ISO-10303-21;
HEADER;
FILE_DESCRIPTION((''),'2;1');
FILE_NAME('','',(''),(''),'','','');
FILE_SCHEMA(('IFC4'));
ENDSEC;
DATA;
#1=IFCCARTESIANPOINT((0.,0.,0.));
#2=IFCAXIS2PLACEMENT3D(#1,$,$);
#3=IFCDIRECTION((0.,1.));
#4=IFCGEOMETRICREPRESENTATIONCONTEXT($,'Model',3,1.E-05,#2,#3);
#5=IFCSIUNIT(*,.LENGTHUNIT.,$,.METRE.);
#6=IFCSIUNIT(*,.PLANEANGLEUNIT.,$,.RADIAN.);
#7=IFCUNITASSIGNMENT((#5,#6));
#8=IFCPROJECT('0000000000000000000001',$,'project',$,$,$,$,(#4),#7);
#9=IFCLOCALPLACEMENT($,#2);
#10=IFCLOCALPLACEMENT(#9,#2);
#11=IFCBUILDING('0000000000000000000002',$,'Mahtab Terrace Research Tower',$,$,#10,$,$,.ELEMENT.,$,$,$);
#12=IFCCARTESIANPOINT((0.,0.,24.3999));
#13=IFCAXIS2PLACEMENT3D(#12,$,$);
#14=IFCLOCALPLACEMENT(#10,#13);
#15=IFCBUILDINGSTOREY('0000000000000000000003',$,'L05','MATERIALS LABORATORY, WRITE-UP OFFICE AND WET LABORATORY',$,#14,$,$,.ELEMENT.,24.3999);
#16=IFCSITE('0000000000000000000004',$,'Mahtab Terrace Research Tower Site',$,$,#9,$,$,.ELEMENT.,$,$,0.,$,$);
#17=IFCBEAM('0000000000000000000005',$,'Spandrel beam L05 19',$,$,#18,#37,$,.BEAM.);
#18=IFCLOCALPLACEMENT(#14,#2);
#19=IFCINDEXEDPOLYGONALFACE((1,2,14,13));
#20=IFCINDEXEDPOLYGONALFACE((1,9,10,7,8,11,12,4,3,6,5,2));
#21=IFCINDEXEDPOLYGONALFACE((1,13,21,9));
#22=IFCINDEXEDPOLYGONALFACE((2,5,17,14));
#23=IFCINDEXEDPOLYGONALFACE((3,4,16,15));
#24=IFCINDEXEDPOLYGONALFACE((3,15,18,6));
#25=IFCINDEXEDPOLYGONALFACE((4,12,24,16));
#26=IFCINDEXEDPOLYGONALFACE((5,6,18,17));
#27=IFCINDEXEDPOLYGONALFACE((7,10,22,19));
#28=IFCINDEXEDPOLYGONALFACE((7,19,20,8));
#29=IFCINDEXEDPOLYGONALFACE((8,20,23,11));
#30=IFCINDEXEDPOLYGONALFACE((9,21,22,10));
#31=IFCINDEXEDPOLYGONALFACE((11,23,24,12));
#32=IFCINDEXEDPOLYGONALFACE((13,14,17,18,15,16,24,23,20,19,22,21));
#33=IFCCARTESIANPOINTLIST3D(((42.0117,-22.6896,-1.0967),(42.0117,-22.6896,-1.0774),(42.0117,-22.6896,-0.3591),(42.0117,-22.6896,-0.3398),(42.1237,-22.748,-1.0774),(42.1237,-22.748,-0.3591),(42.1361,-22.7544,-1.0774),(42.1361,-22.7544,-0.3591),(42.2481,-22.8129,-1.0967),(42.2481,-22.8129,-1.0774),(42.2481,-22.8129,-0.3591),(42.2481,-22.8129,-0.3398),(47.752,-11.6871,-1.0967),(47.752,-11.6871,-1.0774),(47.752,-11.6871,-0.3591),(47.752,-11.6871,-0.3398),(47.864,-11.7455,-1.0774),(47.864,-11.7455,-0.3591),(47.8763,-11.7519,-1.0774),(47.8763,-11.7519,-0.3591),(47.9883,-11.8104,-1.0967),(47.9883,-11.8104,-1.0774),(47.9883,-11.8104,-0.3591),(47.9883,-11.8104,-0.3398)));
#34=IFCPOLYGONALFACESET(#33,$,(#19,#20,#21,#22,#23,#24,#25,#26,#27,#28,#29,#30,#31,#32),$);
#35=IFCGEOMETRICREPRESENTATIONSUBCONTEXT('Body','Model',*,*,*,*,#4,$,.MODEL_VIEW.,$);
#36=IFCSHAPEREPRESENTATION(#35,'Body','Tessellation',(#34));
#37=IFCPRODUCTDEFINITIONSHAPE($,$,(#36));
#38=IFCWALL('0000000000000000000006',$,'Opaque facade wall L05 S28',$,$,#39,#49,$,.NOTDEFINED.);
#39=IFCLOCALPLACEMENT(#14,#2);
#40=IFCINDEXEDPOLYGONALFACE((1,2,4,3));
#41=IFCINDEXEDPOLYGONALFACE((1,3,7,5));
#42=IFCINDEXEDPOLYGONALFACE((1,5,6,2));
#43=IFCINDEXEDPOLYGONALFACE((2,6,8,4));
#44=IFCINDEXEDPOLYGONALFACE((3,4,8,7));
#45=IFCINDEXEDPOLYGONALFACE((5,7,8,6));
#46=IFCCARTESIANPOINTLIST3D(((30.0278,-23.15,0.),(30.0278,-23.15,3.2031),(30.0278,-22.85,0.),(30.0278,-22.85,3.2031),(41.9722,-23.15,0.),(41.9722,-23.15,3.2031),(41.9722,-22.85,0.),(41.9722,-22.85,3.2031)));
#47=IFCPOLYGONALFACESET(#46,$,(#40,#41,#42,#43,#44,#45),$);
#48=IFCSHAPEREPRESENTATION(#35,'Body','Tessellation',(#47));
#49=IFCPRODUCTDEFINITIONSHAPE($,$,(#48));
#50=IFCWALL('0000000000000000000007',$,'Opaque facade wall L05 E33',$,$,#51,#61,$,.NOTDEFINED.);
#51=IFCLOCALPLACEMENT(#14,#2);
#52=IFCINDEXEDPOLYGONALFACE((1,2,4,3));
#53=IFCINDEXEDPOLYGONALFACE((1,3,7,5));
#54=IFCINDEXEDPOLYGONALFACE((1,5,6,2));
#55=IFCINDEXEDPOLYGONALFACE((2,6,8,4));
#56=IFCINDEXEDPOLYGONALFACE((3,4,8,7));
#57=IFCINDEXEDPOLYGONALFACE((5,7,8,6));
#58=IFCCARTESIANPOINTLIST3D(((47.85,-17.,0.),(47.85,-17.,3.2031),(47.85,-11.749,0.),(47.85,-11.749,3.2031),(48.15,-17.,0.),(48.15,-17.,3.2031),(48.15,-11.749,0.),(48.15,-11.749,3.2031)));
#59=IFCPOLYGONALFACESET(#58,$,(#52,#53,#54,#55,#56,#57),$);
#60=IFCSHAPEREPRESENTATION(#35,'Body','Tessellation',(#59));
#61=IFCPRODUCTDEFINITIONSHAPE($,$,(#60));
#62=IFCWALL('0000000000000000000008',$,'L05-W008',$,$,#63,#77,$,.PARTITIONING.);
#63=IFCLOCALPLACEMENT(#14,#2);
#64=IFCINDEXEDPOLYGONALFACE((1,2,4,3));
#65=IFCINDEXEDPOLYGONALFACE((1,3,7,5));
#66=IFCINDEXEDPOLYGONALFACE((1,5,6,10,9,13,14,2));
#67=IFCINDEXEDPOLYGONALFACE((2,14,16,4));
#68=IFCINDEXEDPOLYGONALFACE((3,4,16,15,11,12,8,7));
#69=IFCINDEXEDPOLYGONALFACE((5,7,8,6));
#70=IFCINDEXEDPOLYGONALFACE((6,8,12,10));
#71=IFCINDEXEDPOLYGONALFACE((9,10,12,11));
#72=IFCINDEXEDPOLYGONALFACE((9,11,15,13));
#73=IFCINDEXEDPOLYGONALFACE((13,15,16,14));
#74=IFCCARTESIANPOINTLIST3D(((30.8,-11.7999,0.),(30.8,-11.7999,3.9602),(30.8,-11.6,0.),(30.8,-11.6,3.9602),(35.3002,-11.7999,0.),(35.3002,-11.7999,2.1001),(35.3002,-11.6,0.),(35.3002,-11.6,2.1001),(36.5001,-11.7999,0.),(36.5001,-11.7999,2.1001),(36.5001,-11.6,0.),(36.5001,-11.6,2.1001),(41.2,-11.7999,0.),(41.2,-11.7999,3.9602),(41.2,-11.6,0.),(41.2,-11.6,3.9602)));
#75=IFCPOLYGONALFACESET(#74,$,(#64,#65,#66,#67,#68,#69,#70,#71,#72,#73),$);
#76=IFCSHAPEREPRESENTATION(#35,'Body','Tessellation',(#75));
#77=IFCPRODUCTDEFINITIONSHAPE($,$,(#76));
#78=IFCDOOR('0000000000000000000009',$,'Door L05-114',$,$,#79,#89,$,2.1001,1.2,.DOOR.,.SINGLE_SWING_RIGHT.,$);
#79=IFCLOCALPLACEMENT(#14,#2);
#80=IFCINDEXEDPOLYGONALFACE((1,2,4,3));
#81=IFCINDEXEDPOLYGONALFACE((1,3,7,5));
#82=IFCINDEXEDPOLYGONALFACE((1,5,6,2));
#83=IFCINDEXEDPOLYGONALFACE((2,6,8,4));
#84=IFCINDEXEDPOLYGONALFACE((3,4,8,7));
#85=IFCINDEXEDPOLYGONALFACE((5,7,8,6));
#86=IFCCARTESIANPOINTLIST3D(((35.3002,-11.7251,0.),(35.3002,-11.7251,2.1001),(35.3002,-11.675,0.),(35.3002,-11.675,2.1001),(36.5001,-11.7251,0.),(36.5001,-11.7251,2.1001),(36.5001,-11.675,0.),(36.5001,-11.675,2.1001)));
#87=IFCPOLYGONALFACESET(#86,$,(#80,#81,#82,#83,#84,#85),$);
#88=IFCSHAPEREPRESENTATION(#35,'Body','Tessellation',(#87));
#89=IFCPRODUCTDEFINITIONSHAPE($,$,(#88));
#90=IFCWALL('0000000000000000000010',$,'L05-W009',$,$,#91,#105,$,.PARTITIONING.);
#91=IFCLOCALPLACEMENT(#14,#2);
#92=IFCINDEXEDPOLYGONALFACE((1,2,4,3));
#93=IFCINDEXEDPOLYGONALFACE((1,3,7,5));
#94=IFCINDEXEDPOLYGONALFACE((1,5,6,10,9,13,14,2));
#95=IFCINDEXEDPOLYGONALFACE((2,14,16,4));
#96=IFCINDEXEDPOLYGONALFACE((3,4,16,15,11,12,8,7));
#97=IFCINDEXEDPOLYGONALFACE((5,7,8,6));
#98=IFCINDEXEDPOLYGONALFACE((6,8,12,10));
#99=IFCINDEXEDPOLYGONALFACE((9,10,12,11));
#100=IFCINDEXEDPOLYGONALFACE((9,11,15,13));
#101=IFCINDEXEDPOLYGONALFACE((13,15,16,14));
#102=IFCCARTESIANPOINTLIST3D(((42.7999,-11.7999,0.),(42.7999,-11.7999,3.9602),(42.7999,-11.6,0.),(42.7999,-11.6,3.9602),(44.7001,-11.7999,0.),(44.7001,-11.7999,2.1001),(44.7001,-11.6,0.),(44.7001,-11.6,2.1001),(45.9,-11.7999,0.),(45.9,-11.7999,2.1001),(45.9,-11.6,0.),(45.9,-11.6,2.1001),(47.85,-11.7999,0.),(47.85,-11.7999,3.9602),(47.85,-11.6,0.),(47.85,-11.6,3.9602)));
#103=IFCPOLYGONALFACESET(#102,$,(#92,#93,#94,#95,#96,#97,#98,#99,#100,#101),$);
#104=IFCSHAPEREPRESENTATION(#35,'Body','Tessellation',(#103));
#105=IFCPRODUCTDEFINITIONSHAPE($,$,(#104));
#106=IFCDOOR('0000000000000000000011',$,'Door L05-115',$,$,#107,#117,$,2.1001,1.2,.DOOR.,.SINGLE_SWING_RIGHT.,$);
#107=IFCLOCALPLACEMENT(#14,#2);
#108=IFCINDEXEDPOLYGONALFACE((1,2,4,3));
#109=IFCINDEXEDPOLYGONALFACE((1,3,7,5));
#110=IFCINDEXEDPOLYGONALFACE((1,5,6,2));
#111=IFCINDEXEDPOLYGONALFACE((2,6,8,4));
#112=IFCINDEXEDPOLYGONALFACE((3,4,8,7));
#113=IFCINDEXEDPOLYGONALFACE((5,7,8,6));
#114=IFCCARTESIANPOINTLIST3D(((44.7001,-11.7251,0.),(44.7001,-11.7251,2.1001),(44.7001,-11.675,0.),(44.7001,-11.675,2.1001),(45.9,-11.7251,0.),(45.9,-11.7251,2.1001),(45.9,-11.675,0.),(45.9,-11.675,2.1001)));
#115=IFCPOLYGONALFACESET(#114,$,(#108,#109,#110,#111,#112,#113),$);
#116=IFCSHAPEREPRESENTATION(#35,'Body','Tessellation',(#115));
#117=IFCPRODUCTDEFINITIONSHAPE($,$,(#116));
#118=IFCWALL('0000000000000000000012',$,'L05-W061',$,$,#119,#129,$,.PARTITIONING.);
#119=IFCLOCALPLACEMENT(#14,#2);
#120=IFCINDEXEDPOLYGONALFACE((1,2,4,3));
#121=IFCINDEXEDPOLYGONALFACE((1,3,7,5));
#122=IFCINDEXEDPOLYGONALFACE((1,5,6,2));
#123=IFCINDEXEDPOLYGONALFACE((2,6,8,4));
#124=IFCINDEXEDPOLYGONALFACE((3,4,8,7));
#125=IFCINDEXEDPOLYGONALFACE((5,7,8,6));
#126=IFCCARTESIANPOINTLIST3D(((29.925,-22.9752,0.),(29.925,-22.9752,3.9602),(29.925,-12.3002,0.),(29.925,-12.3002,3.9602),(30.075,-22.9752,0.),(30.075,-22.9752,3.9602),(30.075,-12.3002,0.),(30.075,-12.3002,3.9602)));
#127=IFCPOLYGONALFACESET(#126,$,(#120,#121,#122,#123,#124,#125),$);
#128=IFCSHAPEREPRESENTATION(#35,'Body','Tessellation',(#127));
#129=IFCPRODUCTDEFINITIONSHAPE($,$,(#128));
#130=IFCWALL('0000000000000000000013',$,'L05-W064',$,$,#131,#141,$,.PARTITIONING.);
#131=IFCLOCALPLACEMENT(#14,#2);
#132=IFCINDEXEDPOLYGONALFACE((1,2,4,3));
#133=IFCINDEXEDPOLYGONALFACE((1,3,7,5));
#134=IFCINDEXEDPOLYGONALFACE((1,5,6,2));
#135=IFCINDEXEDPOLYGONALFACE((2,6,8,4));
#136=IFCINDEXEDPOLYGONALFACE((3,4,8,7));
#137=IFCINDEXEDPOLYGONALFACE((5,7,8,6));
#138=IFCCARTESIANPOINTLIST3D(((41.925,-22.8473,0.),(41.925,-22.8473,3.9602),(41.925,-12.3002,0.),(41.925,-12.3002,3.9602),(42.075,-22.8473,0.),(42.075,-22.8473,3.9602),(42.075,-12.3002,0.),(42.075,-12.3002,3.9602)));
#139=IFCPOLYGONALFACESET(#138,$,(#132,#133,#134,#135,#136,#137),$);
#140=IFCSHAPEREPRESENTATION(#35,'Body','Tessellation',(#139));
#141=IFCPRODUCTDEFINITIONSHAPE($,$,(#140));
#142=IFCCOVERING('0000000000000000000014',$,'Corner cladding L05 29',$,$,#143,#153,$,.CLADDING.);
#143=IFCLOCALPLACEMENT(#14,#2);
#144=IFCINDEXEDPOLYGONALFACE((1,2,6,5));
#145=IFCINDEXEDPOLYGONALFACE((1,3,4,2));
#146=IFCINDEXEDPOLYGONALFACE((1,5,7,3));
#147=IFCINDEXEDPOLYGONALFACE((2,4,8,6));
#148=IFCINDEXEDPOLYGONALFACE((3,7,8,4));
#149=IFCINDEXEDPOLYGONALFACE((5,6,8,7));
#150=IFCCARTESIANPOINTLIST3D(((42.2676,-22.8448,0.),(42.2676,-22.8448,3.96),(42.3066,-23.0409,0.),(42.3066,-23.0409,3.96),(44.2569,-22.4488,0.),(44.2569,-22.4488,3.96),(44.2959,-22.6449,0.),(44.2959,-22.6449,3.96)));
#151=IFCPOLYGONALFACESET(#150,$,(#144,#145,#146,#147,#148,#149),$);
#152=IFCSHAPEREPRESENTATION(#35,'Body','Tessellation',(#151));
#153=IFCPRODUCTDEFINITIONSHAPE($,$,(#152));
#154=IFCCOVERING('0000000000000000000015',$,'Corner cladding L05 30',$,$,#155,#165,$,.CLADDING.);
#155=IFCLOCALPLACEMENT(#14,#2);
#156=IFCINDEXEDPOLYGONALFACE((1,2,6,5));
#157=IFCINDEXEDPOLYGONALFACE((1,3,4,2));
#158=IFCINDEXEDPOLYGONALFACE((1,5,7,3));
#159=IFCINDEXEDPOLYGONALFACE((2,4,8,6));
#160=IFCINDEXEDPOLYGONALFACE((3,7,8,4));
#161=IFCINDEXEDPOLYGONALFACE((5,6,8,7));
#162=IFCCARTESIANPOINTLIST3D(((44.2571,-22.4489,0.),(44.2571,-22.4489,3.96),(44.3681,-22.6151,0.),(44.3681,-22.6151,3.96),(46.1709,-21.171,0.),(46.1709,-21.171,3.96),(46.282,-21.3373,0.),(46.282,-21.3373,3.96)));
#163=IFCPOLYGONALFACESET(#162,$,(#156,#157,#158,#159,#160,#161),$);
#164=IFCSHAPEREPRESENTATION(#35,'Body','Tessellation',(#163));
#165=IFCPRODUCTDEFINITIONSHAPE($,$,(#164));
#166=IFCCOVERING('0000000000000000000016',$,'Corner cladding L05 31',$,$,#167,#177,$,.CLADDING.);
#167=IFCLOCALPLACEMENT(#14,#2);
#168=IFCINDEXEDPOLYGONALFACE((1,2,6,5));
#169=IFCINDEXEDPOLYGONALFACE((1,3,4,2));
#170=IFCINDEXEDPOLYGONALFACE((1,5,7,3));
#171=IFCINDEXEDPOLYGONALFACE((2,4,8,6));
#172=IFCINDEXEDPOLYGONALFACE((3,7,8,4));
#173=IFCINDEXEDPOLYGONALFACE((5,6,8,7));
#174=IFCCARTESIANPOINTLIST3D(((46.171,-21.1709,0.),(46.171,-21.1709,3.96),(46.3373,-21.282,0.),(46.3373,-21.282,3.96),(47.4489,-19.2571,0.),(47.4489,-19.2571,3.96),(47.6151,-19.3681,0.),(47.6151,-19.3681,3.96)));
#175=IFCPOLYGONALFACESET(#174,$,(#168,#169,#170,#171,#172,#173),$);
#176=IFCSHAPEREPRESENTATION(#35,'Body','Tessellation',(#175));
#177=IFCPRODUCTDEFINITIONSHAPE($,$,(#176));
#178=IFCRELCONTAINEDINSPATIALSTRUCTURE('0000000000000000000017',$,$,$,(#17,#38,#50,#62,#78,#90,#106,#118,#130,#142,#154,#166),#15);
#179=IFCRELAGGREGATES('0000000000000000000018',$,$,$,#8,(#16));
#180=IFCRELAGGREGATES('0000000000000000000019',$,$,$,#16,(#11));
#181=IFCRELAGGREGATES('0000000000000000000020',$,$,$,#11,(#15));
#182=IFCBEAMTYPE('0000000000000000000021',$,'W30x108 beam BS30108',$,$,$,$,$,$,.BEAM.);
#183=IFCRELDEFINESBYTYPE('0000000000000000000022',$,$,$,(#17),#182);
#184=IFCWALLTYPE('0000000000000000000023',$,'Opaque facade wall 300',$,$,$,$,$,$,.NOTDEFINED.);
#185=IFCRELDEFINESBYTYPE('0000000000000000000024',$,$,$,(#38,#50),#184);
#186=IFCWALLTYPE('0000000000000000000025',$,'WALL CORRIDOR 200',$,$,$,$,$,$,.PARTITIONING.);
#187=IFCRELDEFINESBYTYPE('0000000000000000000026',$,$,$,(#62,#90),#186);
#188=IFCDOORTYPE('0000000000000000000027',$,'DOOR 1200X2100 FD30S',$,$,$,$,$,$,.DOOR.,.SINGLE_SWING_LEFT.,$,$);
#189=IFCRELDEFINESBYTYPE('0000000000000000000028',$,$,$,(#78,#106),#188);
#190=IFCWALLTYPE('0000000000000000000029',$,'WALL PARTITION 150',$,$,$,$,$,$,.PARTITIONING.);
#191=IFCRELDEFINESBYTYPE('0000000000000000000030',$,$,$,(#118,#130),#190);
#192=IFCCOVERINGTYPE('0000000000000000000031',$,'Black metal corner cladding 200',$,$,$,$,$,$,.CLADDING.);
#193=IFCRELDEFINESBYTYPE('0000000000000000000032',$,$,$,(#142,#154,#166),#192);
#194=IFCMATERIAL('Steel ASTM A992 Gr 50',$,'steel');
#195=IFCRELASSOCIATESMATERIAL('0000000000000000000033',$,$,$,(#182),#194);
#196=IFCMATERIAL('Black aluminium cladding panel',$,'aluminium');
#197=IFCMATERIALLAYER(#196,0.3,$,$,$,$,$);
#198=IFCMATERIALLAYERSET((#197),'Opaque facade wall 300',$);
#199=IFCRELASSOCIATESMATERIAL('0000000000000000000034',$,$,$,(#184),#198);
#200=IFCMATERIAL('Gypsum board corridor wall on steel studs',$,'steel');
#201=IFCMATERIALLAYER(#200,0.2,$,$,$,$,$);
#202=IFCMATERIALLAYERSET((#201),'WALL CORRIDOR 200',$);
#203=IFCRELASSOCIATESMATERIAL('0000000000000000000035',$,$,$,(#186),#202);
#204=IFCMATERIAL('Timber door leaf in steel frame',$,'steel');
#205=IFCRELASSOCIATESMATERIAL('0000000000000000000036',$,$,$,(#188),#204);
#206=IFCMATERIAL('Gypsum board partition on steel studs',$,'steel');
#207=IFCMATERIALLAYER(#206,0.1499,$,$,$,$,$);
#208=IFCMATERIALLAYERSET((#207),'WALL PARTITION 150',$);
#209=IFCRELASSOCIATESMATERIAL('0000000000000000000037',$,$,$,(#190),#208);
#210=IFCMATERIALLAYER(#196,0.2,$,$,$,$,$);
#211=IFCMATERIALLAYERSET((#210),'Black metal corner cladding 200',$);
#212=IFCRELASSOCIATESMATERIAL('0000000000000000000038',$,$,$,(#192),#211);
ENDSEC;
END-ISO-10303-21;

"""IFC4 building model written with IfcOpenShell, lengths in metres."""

from ifc_helpers import new_model, si_unit, direction, frame, frame_2d, origin, origin_2d, place, context, subcontext, project, spatial, rectangle, i_section, extrude, material, layer, layer_set, material_profile, profile_set, type_object, element, fill, save


model = new_model("IFC4")

# Units and contexts
model_context = context("Model", 3, precision=1e-05, world=origin(), true_north=direction((0.0, 1.0)))
body_context = subcontext(model_context, "Body", "Model", "MODEL_VIEW")
ifc_project = project(units=[si_unit("LENGTHUNIT", "METRE"), si_unit("PLANEANGLEUNIT", "RADIAN")], contexts=[model_context])

# Site, building, storey
site_placement = place(None, origin())
site = spatial("IfcSite", under=ifc_project, at=site_placement, Name="Mahtab Terrace Research Tower Site", CompositionType="ELEMENT", RefElevation=0.0)
building_placement = place(site_placement, origin())
building = spatial("IfcBuilding", under=site, at=building_placement, Name="Mahtab Terrace Research Tower", CompositionType="ELEMENT")
storey_placement = place(building_placement, frame((0.0, 0.0, 24.3999)))
storey = spatial("IfcBuildingStorey", under=building, at=storey_placement, Name="L05", Description="MATERIALS LABORATORY, WRITE-UP OFFICE AND WET LABORATORY", CompositionType="ELEMENT", Elevation=24.3999)

# Shared definitions
ifc_material_1 = material(Name="Steel ASTM A992 Gr 50", Category="steel")

# Beam
ifc_material_profile_1 = material_profile(ifc_material_1, i_section(OverallWidth=0.2666, OverallDepth=0.7568, WebThickness=0.0139, FlangeThickness=0.0193, at=origin_2d()), Name="W30X108")
ifc_profile_set_1 = profile_set([ifc_material_profile_1], Name="Steel ASTM A992 Gr 50")
beam_type = type_object("IfcBeamType", Name="W30x108 beam BS30108", PredefinedType="BEAM", material=ifc_profile_set_1)
beam_1_placement = place(storey_placement, frame((42.1299, -22.7512, -0.7183), z_axis=(0.462555, 0.88659, 0.0), x_axis=(-0.88659, 0.462555, 0.0)))
element("IfcBeam", 1, at=beam_1_placement, inside=storey, type_object=beam_type, Name="Spandrel beam L05 19", PredefinedType="BEAM", context=body_context, shape_type="SweptSolid", body=[
    extrude(i_section(OverallWidth=0.2666, OverallDepth=0.7568, WebThickness=0.0139, FlangeThickness=0.0193, at=origin_2d()), origin(), (0.0, 0.0, 1.0), 12.4099),
])

# Walls
ifc_material_2 = material(Name="Black aluminium cladding panel", Category="aluminium")
ifc_layer_1 = layer(ifc_material_2, 0.3)
ifc_layer_set_1 = layer_set([ifc_layer_1], Name="Opaque facade wall 300")
wall_type_1 = type_object("IfcWallType", Name="Opaque facade wall 300", PredefinedType="NOTDEFINED", material=ifc_layer_set_1)
wall_1_placement = place(storey_placement, frame((30.0278, -23.0, 0.0), z_axis=(0.0, 0.0, 1.0), x_axis=(1.0, 0.0, 0.0)))
element("IfcWall", 2, at=wall_1_placement, inside=storey, type_object=wall_type_1, Name="Opaque facade wall L05 S28", PredefinedType="NOTDEFINED", context=body_context, shape_type="SweptSolid", body=[
    extrude(rectangle(XDim=11.9443, YDim=0.3, at=frame_2d((5.9722, 0.0))), origin(), (0.0, 0.0, 1.0), 3.2031),
])
wall_2_placement = place(storey_placement, frame((48.0, -17.0, 0.0), z_axis=(0.0, 0.0, 1.0), x_axis=(0.0, 1.0, 0.0)))
element("IfcWall", 3, at=wall_2_placement, inside=storey, type_object=wall_type_1, Name="Opaque facade wall L05 E33", PredefinedType="NOTDEFINED", context=body_context, shape_type="SweptSolid", body=[
    extrude(rectangle(XDim=5.251, YDim=0.3, at=frame_2d((2.6255, 0.0))), origin(), (0.0, 0.0, 1.0), 3.2031),
])

# Walls, openings, doors
ifc_material_3 = material(Name="Gypsum board corridor wall on steel studs", Category="steel")
ifc_layer_2 = layer(ifc_material_3, 0.2)
ifc_layer_set_2 = layer_set([ifc_layer_2], Name="WALL CORRIDOR 200")
wall_type_2 = type_object("IfcWallType", Name="WALL CORRIDOR 200", PredefinedType="PARTITIONING", material=ifc_layer_set_2)
wall_3_placement = place(storey_placement, frame((30.8, -11.7, 0.0), z_axis=(0.0, 0.0, 1.0), x_axis=(1.0, 0.0, 0.0)))
wall_3 = element("IfcWall", 4, at=wall_3_placement, inside=storey, type_object=wall_type_2, Name="L05-W008", PredefinedType="PARTITIONING", context=body_context, shape_type="SweptSolid", body=[
    extrude(rectangle(XDim=10.3999, YDim=0.2, at=frame_2d((5.2, 0.0))), origin(), (0.0, 0.0, 1.0), 3.9602),
])
opening_1_placement = place(wall_3_placement, frame((4.5, 0.0, 0.0)))
opening_1 = element("IfcOpeningElement", 5, at=opening_1_placement, cuts=wall_3, PredefinedType="OPENING", context=body_context, shape_type="SweptSolid", body=[
    extrude(rectangle(XDim=1.2, YDim=2.1001, at=frame_2d((0.6001, 1.05))), frame((0.0, 0.1099, 0.0), z_axis=(0.0, -1.0, 0.0), x_axis=(1.0, 0.0, 0.0)), (0.0, 0.0, 1.0), 0.22),
])
ifc_material_4 = material(Name="Timber door leaf in steel frame", Category="steel")
door_type = type_object("IfcDoorType", Name="DOOR 1200X2100 FD30S", OperationType="SINGLE_SWING_LEFT", PredefinedType="DOOR", material=ifc_material_4)
door_1_placement = place(opening_1_placement, origin())
door_1 = element("IfcDoor", 6, at=door_1_placement, inside=storey, type_object=door_type, Name="Door L05-114", OperationType="SINGLE_SWING_RIGHT", OverallHeight=2.1001, OverallWidth=1.2, PredefinedType="DOOR", context=body_context, shape_type="SweptSolid", body=[
    extrude(rectangle(XDim=1.2, YDim=2.1001, at=frame_2d((0.6001, 1.05))), frame((0.0, 0.0249, 0.0), z_axis=(0.0, -1.0, 0.0), x_axis=(1.0, 0.0, 0.0)), (0.0, 0.0, 1.0), 0.05),
])
fill(opening_1, door_1)
wall_4_placement = place(storey_placement, frame((42.8, -11.7, 0.0), z_axis=(0.0, 0.0, 1.0), x_axis=(1.0, 0.0, 0.0)))
wall_4 = element("IfcWall", 7, at=wall_4_placement, inside=storey, type_object=wall_type_2, Name="L05-W009", PredefinedType="PARTITIONING", context=body_context, shape_type="SweptSolid", body=[
    extrude(rectangle(XDim=5.05, YDim=0.2, at=frame_2d((2.5249, 0.0))), origin(), (0.0, 0.0, 1.0), 3.9602),
])
opening_2_placement = place(wall_4_placement, frame((1.8999, 0.0, 0.0)))
opening_2 = element("IfcOpeningElement", 8, at=opening_2_placement, cuts=wall_4, PredefinedType="OPENING", context=body_context, shape_type="SweptSolid", body=[
    extrude(rectangle(XDim=1.2, YDim=2.1001, at=frame_2d((0.6001, 1.05))), frame((0.0, 0.1099, 0.0), z_axis=(0.0, -1.0, 0.0), x_axis=(1.0, 0.0, 0.0)), (0.0, 0.0, 1.0), 0.22),
])
door_2_placement = place(opening_2_placement, origin())
door_2 = element("IfcDoor", 9, at=door_2_placement, inside=storey, type_object=door_type, Name="Door L05-115", OperationType="SINGLE_SWING_RIGHT", OverallHeight=2.1001, OverallWidth=1.2, PredefinedType="DOOR", context=body_context, shape_type="SweptSolid", body=[
    extrude(rectangle(XDim=1.2, YDim=2.1001, at=frame_2d((0.6001, 1.05))), frame((0.0, 0.0249, 0.0), z_axis=(0.0, -1.0, 0.0), x_axis=(1.0, 0.0, 0.0)), (0.0, 0.0, 1.0), 0.05),
])
fill(opening_2, door_2)

# Walls
ifc_material_5 = material(Name="Gypsum board partition on steel studs", Category="steel")
ifc_layer_3 = layer(ifc_material_5, 0.1499)
ifc_layer_set_3 = layer_set([ifc_layer_3], Name="WALL PARTITION 150")
wall_type_3 = type_object("IfcWallType", Name="WALL PARTITION 150", PredefinedType="PARTITIONING", material=ifc_layer_set_3)
wall_5_placement = place(storey_placement, frame((30.0, -22.9751, 0.0), z_axis=(0.0, 0.0, 1.0), x_axis=(0.0, 1.0, 0.0)))
element("IfcWall", 10, at=wall_5_placement, inside=storey, type_object=wall_type_3, Name="L05-W061", PredefinedType="PARTITIONING", context=body_context, shape_type="SweptSolid", body=[
    extrude(rectangle(XDim=10.675, YDim=0.1499, at=frame_2d((5.3374, 0.0))), origin(), (0.0, 0.0, 1.0), 3.9602),
])
wall_6_placement = place(storey_placement, frame((42.0, -22.8472, 0.0), z_axis=(0.0, 0.0, 1.0), x_axis=(0.0, 1.0, 0.0)))
element("IfcWall", 11, at=wall_6_placement, inside=storey, type_object=wall_type_3, Name="L05-W064", PredefinedType="PARTITIONING", context=body_context, shape_type="SweptSolid", body=[
    extrude(rectangle(XDim=10.5471, YDim=0.1499, at=frame_2d((5.2734, 0.0))), origin(), (0.0, 0.0, 1.0), 3.9602),
])

# Coverings
ifc_layer_4 = layer(ifc_material_2, 0.2)
ifc_layer_set_4 = layer_set([ifc_layer_4], Name="Black metal corner cladding 200")
covering_type_1 = type_object("IfcCoveringType", Name="Black metal corner cladding 200", PredefinedType="CLADDING", material=ifc_layer_set_4)
covering_1_placement = place(storey_placement, frame((43.2817, -22.7449, 0.0), z_axis=(0.0, 0.0, 1.0), x_axis=(0.980761, 0.195212, 0.0)))
element("IfcCovering", 12, at=covering_1_placement, inside=storey, type_object=covering_type_1, Name="Corner cladding L05 29", PredefinedType="CLADDING", context=body_context, shape_type="SweptSolid", body=[
    extrude(rectangle(XDim=2.0283, YDim=0.2, at=origin_2d()), origin(), (0.0, 0.0, 1.0), 3.96),
])
for number, where, z_axis, x_axis, name in (
    (13, (45.2695, -21.8931, 0.0), (0.0, 0.0, 1.0), (0.831656, 0.555291, 0.0), "Corner cladding L05 30"),
    (14, (46.8931, -20.2695, 0.0), (0.0, 0.0, 1.0), (0.555291, 0.831656, 0.0), "Corner cladding L05 31"),
):
    element("IfcCovering", number, at=place(storey_placement, frame(where, z_axis=z_axis, x_axis=x_axis)), inside=storey, type_object=covering_type_1, Name=name, PredefinedType="CLADDING", context=body_context, shape_type="SweptSolid", body=[
        extrude(rectangle(XDim=2.3013, YDim=0.2, at=origin_2d()), origin(), (0.0, 0.0, 1.0), 3.96),
    ])

save(model, "model.ifc")
